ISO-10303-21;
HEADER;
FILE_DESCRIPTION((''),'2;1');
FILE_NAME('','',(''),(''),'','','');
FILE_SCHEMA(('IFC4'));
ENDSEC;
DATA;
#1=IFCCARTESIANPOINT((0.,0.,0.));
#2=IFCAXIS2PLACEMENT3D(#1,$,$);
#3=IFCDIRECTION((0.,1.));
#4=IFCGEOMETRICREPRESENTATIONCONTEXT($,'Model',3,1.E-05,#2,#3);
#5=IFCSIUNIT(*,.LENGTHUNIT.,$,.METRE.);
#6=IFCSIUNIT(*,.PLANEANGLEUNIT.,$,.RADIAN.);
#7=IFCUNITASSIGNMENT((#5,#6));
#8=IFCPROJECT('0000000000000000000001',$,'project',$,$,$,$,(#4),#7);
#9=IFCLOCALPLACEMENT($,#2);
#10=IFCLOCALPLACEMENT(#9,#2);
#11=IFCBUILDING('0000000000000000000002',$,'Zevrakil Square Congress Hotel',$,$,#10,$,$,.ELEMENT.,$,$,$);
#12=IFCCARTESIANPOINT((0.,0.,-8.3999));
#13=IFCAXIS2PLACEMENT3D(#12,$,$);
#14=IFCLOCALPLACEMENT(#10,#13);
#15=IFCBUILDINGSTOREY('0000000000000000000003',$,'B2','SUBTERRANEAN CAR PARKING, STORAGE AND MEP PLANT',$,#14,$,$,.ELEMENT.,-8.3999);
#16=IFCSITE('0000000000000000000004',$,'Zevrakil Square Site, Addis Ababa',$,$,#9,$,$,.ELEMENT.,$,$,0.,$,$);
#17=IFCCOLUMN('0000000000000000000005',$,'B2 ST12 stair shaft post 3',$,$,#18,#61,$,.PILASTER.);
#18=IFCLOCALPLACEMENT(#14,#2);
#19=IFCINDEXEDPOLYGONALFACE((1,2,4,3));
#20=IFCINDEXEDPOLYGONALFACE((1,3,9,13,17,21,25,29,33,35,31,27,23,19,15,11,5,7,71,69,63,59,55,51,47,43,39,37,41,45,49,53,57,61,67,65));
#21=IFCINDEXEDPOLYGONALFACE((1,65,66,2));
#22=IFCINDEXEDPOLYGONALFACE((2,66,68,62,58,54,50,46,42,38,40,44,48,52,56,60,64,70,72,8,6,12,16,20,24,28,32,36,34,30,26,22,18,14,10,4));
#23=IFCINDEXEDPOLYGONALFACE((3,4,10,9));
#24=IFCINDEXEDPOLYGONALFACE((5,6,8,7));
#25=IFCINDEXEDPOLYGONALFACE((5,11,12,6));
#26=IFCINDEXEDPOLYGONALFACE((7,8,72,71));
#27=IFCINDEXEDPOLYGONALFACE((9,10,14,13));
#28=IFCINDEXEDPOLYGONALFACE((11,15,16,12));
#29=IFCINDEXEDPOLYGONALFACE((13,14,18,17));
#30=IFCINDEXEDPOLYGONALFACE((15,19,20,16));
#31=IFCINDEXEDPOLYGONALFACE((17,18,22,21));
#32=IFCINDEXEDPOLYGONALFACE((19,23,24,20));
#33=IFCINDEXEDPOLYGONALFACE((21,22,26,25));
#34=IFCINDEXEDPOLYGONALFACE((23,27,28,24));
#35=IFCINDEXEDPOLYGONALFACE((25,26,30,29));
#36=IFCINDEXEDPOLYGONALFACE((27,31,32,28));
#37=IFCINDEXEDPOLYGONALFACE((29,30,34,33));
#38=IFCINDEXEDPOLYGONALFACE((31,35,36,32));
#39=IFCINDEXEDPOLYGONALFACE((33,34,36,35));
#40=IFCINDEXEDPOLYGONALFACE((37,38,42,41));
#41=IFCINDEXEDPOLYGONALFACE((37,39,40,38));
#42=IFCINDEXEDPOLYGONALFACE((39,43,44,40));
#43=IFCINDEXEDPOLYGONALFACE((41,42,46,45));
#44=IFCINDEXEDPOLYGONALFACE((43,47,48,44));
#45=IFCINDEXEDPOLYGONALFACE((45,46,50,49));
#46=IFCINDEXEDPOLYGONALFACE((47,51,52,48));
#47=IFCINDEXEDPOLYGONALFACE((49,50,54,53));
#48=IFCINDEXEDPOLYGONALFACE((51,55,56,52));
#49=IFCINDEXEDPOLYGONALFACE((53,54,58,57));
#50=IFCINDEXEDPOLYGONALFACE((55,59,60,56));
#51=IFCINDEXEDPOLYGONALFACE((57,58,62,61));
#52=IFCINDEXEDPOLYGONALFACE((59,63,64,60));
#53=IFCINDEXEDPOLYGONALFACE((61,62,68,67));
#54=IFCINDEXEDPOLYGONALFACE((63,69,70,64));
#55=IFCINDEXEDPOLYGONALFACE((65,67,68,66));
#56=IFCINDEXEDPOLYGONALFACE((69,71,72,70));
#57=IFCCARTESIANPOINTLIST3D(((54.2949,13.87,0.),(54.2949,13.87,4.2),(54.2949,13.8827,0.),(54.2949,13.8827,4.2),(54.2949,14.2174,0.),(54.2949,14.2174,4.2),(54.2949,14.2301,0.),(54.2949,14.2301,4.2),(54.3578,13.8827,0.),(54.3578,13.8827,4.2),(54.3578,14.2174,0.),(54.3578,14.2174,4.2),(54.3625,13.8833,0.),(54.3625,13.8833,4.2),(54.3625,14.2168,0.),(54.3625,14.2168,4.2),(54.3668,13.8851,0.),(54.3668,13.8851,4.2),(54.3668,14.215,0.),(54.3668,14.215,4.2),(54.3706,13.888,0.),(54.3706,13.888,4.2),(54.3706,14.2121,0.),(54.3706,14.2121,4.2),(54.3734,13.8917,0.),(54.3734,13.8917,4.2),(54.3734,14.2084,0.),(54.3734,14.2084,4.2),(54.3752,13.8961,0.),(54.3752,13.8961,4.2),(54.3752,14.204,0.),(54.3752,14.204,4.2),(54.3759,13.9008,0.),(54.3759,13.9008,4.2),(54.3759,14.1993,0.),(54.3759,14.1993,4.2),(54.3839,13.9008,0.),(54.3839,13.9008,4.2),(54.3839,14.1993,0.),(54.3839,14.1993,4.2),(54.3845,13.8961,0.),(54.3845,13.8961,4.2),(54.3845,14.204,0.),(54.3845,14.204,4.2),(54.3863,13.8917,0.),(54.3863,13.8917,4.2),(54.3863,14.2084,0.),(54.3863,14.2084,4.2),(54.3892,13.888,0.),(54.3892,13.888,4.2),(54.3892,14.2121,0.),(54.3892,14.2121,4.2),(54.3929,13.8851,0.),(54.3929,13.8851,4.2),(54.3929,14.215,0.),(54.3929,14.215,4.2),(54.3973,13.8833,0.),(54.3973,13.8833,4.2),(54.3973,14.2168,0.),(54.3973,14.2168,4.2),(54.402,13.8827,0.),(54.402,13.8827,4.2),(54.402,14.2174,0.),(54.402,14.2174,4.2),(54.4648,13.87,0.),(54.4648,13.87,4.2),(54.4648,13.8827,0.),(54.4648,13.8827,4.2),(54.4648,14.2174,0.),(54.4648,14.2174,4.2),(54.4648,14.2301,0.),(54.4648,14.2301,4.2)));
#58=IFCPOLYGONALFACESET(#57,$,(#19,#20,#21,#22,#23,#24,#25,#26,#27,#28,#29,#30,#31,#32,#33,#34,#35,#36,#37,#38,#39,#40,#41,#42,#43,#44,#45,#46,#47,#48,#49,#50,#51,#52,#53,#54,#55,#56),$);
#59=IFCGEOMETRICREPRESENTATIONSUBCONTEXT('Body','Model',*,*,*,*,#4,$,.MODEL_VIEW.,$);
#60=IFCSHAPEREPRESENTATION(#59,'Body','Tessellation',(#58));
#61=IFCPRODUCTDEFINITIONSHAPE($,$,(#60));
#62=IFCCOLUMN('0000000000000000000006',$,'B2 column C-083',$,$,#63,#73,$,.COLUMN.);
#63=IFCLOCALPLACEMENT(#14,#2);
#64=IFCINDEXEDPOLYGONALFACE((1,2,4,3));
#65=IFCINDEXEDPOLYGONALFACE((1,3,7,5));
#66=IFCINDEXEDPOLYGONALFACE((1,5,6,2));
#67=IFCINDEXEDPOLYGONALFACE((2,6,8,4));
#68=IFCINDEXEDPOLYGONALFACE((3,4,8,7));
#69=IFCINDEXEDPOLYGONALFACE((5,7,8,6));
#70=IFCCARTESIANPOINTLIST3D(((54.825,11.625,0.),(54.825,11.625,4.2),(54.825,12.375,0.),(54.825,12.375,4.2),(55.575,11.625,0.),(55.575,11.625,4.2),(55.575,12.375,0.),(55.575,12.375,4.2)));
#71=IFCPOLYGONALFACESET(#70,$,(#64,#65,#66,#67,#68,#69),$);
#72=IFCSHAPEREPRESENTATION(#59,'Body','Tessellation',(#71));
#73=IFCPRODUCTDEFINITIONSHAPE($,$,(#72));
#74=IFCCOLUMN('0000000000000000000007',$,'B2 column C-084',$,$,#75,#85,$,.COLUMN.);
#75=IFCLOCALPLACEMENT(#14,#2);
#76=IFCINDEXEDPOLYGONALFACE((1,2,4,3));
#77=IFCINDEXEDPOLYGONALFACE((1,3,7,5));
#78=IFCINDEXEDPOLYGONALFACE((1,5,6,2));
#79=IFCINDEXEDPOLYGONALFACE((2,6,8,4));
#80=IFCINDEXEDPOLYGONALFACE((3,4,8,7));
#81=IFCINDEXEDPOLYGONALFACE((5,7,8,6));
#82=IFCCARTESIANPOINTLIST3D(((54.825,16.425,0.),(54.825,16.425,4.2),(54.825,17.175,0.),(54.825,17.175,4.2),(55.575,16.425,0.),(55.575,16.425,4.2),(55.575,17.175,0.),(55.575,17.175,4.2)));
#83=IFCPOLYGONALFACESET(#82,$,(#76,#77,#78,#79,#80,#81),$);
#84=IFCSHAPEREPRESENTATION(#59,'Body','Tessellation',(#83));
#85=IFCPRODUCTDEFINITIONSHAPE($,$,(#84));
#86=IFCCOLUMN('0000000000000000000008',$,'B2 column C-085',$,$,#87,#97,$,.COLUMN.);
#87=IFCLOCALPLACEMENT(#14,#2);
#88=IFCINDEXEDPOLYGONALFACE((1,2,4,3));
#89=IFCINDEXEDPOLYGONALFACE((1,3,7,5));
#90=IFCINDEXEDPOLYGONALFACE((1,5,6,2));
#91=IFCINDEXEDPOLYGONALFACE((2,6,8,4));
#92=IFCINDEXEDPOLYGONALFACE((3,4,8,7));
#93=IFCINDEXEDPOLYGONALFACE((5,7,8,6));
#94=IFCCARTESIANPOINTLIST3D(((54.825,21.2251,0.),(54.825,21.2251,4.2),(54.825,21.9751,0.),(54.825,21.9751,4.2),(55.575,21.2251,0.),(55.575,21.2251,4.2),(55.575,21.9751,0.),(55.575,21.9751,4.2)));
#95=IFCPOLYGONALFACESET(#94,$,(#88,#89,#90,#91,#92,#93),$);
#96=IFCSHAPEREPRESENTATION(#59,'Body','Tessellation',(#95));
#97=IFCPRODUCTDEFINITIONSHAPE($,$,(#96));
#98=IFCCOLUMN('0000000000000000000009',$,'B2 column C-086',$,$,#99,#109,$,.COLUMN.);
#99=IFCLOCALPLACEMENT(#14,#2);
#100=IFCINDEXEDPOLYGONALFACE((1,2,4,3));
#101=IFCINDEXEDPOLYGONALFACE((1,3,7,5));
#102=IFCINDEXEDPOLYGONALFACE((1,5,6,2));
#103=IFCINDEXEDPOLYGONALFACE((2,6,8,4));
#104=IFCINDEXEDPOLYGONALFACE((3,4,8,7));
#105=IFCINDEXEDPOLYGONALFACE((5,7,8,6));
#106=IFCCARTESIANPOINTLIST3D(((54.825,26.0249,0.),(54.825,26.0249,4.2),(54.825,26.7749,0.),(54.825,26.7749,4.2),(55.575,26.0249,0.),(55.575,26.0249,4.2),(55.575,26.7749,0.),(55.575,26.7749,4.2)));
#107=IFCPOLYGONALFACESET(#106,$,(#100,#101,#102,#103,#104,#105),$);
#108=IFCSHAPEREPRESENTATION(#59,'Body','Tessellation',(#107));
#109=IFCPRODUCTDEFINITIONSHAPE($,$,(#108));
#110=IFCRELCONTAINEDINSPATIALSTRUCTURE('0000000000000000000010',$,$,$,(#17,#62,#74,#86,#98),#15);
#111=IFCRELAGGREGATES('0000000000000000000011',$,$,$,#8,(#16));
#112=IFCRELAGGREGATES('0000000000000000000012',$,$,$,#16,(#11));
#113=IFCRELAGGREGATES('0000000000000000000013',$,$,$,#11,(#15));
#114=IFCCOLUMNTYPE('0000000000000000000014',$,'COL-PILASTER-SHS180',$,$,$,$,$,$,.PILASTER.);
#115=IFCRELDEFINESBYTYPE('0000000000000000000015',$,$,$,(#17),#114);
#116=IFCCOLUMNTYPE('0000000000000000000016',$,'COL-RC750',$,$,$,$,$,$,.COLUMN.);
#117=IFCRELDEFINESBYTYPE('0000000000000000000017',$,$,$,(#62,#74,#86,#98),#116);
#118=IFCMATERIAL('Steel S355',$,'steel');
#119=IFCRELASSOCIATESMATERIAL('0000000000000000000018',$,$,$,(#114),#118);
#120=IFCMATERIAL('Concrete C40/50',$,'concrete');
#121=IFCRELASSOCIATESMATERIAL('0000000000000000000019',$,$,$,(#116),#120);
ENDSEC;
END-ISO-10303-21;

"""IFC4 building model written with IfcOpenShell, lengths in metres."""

from ifc_helpers import new_model, si_unit, direction, frame, origin, origin_2d, place, context, subcontext, project, spatial, rectangle, i_section, extrude, material, material_profile, profile_set, type_object, element, save


model = new_model("IFC4")

# Units and contexts
model_context = context("Model", 3, precision=1e-05, world=origin(), true_north=direction((0.0, 1.0)))
body_context = subcontext(model_context, "Body", "Model", "MODEL_VIEW")
ifc_project = project(units=[si_unit("LENGTHUNIT", "METRE"), si_unit("PLANEANGLEUNIT", "RADIAN")], contexts=[model_context])

# Site, building, storey
site_placement = place(None, origin())
site = spatial("IfcSite", under=ifc_project, at=site_placement, Name="Zevrakil Square Site, Addis Ababa", CompositionType="ELEMENT", RefElevation=0.0)
building_placement = place(site_placement, origin())
building = spatial("IfcBuilding", under=site, at=building_placement, Name="Zevrakil Square Congress Hotel", CompositionType="ELEMENT")
storey_placement = place(building_placement, frame((0.0, 0.0, -8.3999)))
storey = spatial("IfcBuildingStorey", under=building, at=storey_placement, Name="B2", Description="SUBTERRANEAN CAR PARKING, STORAGE AND MEP PLANT", CompositionType="ELEMENT", Elevation=-8.3999)

# Columns
ifc_material_1 = material(Name="Steel S355", Category="steel")
ifc_material_profile_1 = material_profile(ifc_material_1, i_section(OverallWidth=0.1699, OverallDepth=0.3601, WebThickness=0.0081, FlangeThickness=0.0127, FilletRadius=0.0181, at=origin_2d()), Name="IPE 360")
ifc_profile_set_1 = profile_set([ifc_material_profile_1], Name="Steel S355")
column_type_1 = type_object("IfcColumnType", Name="COL-PILASTER-SHS180", PredefinedType="PILASTER", material=ifc_profile_set_1)
column_placement = place(storey_placement, frame((54.3799, 14.05, 0.0), z_axis=(0.0, 0.0, 1.0), x_axis=(1.0, 0.0, 0.0)))
element("IfcColumn", 1, at=column_placement, inside=storey, type_object=column_type_1, Name="B2 ST12 stair shaft post 3", PredefinedType="PILASTER", context=body_context, shape_type="SweptSolid", body=[
    extrude(i_section(OverallWidth=0.1699, OverallDepth=0.3601, WebThickness=0.0081, FlangeThickness=0.0127, FilletRadius=0.0181, at=origin_2d()), origin(), (0.0, 0.0, 1.0), 4.2),
])
ifc_material_2 = material(Name="Concrete C40/50", Category="concrete")
ifc_material_profile_2 = material_profile(ifc_material_2, rectangle(XDim=0.75, YDim=0.75, at=origin_2d()), Name="RC 750x750")
ifc_profile_set_2 = profile_set([ifc_material_profile_2], Name="Concrete C40/50")
column_type_2 = type_object("IfcColumnType", Name="COL-RC750", PredefinedType="COLUMN", material=ifc_profile_set_2)
for number, where, z_axis, x_axis, name in (
    (2, (55.2, 12.0, 0.0), (0.0, 0.0, 1.0), (1.0, 0.0, 0.0), "B2 column C-083"),
    (3, (55.2, 16.8, 0.0), (0.0, 0.0, 1.0), (1.0, 0.0, 0.0), "B2 column C-084"),
    (4, (55.2, 21.6001, 0.0), (0.0, 0.0, 1.0), (1.0, 0.0, 0.0), "B2 column C-085"),
    (5, (55.2, 26.3999, 0.0), (0.0, 0.0, 1.0), (1.0, 0.0, 0.0), "B2 column C-086"),
):
    element("IfcColumn", number, at=place(storey_placement, frame(where, z_axis=z_axis, x_axis=x_axis)), inside=storey, type_object=column_type_2, Name=name, PredefinedType="COLUMN", context=body_context, shape_type="SweptSolid", body=[
        extrude(rectangle(XDim=0.75, YDim=0.75, at=origin_2d()), origin(), (0.0, 0.0, 1.0), 4.2),
    ])

save(model, "model.ifc")
